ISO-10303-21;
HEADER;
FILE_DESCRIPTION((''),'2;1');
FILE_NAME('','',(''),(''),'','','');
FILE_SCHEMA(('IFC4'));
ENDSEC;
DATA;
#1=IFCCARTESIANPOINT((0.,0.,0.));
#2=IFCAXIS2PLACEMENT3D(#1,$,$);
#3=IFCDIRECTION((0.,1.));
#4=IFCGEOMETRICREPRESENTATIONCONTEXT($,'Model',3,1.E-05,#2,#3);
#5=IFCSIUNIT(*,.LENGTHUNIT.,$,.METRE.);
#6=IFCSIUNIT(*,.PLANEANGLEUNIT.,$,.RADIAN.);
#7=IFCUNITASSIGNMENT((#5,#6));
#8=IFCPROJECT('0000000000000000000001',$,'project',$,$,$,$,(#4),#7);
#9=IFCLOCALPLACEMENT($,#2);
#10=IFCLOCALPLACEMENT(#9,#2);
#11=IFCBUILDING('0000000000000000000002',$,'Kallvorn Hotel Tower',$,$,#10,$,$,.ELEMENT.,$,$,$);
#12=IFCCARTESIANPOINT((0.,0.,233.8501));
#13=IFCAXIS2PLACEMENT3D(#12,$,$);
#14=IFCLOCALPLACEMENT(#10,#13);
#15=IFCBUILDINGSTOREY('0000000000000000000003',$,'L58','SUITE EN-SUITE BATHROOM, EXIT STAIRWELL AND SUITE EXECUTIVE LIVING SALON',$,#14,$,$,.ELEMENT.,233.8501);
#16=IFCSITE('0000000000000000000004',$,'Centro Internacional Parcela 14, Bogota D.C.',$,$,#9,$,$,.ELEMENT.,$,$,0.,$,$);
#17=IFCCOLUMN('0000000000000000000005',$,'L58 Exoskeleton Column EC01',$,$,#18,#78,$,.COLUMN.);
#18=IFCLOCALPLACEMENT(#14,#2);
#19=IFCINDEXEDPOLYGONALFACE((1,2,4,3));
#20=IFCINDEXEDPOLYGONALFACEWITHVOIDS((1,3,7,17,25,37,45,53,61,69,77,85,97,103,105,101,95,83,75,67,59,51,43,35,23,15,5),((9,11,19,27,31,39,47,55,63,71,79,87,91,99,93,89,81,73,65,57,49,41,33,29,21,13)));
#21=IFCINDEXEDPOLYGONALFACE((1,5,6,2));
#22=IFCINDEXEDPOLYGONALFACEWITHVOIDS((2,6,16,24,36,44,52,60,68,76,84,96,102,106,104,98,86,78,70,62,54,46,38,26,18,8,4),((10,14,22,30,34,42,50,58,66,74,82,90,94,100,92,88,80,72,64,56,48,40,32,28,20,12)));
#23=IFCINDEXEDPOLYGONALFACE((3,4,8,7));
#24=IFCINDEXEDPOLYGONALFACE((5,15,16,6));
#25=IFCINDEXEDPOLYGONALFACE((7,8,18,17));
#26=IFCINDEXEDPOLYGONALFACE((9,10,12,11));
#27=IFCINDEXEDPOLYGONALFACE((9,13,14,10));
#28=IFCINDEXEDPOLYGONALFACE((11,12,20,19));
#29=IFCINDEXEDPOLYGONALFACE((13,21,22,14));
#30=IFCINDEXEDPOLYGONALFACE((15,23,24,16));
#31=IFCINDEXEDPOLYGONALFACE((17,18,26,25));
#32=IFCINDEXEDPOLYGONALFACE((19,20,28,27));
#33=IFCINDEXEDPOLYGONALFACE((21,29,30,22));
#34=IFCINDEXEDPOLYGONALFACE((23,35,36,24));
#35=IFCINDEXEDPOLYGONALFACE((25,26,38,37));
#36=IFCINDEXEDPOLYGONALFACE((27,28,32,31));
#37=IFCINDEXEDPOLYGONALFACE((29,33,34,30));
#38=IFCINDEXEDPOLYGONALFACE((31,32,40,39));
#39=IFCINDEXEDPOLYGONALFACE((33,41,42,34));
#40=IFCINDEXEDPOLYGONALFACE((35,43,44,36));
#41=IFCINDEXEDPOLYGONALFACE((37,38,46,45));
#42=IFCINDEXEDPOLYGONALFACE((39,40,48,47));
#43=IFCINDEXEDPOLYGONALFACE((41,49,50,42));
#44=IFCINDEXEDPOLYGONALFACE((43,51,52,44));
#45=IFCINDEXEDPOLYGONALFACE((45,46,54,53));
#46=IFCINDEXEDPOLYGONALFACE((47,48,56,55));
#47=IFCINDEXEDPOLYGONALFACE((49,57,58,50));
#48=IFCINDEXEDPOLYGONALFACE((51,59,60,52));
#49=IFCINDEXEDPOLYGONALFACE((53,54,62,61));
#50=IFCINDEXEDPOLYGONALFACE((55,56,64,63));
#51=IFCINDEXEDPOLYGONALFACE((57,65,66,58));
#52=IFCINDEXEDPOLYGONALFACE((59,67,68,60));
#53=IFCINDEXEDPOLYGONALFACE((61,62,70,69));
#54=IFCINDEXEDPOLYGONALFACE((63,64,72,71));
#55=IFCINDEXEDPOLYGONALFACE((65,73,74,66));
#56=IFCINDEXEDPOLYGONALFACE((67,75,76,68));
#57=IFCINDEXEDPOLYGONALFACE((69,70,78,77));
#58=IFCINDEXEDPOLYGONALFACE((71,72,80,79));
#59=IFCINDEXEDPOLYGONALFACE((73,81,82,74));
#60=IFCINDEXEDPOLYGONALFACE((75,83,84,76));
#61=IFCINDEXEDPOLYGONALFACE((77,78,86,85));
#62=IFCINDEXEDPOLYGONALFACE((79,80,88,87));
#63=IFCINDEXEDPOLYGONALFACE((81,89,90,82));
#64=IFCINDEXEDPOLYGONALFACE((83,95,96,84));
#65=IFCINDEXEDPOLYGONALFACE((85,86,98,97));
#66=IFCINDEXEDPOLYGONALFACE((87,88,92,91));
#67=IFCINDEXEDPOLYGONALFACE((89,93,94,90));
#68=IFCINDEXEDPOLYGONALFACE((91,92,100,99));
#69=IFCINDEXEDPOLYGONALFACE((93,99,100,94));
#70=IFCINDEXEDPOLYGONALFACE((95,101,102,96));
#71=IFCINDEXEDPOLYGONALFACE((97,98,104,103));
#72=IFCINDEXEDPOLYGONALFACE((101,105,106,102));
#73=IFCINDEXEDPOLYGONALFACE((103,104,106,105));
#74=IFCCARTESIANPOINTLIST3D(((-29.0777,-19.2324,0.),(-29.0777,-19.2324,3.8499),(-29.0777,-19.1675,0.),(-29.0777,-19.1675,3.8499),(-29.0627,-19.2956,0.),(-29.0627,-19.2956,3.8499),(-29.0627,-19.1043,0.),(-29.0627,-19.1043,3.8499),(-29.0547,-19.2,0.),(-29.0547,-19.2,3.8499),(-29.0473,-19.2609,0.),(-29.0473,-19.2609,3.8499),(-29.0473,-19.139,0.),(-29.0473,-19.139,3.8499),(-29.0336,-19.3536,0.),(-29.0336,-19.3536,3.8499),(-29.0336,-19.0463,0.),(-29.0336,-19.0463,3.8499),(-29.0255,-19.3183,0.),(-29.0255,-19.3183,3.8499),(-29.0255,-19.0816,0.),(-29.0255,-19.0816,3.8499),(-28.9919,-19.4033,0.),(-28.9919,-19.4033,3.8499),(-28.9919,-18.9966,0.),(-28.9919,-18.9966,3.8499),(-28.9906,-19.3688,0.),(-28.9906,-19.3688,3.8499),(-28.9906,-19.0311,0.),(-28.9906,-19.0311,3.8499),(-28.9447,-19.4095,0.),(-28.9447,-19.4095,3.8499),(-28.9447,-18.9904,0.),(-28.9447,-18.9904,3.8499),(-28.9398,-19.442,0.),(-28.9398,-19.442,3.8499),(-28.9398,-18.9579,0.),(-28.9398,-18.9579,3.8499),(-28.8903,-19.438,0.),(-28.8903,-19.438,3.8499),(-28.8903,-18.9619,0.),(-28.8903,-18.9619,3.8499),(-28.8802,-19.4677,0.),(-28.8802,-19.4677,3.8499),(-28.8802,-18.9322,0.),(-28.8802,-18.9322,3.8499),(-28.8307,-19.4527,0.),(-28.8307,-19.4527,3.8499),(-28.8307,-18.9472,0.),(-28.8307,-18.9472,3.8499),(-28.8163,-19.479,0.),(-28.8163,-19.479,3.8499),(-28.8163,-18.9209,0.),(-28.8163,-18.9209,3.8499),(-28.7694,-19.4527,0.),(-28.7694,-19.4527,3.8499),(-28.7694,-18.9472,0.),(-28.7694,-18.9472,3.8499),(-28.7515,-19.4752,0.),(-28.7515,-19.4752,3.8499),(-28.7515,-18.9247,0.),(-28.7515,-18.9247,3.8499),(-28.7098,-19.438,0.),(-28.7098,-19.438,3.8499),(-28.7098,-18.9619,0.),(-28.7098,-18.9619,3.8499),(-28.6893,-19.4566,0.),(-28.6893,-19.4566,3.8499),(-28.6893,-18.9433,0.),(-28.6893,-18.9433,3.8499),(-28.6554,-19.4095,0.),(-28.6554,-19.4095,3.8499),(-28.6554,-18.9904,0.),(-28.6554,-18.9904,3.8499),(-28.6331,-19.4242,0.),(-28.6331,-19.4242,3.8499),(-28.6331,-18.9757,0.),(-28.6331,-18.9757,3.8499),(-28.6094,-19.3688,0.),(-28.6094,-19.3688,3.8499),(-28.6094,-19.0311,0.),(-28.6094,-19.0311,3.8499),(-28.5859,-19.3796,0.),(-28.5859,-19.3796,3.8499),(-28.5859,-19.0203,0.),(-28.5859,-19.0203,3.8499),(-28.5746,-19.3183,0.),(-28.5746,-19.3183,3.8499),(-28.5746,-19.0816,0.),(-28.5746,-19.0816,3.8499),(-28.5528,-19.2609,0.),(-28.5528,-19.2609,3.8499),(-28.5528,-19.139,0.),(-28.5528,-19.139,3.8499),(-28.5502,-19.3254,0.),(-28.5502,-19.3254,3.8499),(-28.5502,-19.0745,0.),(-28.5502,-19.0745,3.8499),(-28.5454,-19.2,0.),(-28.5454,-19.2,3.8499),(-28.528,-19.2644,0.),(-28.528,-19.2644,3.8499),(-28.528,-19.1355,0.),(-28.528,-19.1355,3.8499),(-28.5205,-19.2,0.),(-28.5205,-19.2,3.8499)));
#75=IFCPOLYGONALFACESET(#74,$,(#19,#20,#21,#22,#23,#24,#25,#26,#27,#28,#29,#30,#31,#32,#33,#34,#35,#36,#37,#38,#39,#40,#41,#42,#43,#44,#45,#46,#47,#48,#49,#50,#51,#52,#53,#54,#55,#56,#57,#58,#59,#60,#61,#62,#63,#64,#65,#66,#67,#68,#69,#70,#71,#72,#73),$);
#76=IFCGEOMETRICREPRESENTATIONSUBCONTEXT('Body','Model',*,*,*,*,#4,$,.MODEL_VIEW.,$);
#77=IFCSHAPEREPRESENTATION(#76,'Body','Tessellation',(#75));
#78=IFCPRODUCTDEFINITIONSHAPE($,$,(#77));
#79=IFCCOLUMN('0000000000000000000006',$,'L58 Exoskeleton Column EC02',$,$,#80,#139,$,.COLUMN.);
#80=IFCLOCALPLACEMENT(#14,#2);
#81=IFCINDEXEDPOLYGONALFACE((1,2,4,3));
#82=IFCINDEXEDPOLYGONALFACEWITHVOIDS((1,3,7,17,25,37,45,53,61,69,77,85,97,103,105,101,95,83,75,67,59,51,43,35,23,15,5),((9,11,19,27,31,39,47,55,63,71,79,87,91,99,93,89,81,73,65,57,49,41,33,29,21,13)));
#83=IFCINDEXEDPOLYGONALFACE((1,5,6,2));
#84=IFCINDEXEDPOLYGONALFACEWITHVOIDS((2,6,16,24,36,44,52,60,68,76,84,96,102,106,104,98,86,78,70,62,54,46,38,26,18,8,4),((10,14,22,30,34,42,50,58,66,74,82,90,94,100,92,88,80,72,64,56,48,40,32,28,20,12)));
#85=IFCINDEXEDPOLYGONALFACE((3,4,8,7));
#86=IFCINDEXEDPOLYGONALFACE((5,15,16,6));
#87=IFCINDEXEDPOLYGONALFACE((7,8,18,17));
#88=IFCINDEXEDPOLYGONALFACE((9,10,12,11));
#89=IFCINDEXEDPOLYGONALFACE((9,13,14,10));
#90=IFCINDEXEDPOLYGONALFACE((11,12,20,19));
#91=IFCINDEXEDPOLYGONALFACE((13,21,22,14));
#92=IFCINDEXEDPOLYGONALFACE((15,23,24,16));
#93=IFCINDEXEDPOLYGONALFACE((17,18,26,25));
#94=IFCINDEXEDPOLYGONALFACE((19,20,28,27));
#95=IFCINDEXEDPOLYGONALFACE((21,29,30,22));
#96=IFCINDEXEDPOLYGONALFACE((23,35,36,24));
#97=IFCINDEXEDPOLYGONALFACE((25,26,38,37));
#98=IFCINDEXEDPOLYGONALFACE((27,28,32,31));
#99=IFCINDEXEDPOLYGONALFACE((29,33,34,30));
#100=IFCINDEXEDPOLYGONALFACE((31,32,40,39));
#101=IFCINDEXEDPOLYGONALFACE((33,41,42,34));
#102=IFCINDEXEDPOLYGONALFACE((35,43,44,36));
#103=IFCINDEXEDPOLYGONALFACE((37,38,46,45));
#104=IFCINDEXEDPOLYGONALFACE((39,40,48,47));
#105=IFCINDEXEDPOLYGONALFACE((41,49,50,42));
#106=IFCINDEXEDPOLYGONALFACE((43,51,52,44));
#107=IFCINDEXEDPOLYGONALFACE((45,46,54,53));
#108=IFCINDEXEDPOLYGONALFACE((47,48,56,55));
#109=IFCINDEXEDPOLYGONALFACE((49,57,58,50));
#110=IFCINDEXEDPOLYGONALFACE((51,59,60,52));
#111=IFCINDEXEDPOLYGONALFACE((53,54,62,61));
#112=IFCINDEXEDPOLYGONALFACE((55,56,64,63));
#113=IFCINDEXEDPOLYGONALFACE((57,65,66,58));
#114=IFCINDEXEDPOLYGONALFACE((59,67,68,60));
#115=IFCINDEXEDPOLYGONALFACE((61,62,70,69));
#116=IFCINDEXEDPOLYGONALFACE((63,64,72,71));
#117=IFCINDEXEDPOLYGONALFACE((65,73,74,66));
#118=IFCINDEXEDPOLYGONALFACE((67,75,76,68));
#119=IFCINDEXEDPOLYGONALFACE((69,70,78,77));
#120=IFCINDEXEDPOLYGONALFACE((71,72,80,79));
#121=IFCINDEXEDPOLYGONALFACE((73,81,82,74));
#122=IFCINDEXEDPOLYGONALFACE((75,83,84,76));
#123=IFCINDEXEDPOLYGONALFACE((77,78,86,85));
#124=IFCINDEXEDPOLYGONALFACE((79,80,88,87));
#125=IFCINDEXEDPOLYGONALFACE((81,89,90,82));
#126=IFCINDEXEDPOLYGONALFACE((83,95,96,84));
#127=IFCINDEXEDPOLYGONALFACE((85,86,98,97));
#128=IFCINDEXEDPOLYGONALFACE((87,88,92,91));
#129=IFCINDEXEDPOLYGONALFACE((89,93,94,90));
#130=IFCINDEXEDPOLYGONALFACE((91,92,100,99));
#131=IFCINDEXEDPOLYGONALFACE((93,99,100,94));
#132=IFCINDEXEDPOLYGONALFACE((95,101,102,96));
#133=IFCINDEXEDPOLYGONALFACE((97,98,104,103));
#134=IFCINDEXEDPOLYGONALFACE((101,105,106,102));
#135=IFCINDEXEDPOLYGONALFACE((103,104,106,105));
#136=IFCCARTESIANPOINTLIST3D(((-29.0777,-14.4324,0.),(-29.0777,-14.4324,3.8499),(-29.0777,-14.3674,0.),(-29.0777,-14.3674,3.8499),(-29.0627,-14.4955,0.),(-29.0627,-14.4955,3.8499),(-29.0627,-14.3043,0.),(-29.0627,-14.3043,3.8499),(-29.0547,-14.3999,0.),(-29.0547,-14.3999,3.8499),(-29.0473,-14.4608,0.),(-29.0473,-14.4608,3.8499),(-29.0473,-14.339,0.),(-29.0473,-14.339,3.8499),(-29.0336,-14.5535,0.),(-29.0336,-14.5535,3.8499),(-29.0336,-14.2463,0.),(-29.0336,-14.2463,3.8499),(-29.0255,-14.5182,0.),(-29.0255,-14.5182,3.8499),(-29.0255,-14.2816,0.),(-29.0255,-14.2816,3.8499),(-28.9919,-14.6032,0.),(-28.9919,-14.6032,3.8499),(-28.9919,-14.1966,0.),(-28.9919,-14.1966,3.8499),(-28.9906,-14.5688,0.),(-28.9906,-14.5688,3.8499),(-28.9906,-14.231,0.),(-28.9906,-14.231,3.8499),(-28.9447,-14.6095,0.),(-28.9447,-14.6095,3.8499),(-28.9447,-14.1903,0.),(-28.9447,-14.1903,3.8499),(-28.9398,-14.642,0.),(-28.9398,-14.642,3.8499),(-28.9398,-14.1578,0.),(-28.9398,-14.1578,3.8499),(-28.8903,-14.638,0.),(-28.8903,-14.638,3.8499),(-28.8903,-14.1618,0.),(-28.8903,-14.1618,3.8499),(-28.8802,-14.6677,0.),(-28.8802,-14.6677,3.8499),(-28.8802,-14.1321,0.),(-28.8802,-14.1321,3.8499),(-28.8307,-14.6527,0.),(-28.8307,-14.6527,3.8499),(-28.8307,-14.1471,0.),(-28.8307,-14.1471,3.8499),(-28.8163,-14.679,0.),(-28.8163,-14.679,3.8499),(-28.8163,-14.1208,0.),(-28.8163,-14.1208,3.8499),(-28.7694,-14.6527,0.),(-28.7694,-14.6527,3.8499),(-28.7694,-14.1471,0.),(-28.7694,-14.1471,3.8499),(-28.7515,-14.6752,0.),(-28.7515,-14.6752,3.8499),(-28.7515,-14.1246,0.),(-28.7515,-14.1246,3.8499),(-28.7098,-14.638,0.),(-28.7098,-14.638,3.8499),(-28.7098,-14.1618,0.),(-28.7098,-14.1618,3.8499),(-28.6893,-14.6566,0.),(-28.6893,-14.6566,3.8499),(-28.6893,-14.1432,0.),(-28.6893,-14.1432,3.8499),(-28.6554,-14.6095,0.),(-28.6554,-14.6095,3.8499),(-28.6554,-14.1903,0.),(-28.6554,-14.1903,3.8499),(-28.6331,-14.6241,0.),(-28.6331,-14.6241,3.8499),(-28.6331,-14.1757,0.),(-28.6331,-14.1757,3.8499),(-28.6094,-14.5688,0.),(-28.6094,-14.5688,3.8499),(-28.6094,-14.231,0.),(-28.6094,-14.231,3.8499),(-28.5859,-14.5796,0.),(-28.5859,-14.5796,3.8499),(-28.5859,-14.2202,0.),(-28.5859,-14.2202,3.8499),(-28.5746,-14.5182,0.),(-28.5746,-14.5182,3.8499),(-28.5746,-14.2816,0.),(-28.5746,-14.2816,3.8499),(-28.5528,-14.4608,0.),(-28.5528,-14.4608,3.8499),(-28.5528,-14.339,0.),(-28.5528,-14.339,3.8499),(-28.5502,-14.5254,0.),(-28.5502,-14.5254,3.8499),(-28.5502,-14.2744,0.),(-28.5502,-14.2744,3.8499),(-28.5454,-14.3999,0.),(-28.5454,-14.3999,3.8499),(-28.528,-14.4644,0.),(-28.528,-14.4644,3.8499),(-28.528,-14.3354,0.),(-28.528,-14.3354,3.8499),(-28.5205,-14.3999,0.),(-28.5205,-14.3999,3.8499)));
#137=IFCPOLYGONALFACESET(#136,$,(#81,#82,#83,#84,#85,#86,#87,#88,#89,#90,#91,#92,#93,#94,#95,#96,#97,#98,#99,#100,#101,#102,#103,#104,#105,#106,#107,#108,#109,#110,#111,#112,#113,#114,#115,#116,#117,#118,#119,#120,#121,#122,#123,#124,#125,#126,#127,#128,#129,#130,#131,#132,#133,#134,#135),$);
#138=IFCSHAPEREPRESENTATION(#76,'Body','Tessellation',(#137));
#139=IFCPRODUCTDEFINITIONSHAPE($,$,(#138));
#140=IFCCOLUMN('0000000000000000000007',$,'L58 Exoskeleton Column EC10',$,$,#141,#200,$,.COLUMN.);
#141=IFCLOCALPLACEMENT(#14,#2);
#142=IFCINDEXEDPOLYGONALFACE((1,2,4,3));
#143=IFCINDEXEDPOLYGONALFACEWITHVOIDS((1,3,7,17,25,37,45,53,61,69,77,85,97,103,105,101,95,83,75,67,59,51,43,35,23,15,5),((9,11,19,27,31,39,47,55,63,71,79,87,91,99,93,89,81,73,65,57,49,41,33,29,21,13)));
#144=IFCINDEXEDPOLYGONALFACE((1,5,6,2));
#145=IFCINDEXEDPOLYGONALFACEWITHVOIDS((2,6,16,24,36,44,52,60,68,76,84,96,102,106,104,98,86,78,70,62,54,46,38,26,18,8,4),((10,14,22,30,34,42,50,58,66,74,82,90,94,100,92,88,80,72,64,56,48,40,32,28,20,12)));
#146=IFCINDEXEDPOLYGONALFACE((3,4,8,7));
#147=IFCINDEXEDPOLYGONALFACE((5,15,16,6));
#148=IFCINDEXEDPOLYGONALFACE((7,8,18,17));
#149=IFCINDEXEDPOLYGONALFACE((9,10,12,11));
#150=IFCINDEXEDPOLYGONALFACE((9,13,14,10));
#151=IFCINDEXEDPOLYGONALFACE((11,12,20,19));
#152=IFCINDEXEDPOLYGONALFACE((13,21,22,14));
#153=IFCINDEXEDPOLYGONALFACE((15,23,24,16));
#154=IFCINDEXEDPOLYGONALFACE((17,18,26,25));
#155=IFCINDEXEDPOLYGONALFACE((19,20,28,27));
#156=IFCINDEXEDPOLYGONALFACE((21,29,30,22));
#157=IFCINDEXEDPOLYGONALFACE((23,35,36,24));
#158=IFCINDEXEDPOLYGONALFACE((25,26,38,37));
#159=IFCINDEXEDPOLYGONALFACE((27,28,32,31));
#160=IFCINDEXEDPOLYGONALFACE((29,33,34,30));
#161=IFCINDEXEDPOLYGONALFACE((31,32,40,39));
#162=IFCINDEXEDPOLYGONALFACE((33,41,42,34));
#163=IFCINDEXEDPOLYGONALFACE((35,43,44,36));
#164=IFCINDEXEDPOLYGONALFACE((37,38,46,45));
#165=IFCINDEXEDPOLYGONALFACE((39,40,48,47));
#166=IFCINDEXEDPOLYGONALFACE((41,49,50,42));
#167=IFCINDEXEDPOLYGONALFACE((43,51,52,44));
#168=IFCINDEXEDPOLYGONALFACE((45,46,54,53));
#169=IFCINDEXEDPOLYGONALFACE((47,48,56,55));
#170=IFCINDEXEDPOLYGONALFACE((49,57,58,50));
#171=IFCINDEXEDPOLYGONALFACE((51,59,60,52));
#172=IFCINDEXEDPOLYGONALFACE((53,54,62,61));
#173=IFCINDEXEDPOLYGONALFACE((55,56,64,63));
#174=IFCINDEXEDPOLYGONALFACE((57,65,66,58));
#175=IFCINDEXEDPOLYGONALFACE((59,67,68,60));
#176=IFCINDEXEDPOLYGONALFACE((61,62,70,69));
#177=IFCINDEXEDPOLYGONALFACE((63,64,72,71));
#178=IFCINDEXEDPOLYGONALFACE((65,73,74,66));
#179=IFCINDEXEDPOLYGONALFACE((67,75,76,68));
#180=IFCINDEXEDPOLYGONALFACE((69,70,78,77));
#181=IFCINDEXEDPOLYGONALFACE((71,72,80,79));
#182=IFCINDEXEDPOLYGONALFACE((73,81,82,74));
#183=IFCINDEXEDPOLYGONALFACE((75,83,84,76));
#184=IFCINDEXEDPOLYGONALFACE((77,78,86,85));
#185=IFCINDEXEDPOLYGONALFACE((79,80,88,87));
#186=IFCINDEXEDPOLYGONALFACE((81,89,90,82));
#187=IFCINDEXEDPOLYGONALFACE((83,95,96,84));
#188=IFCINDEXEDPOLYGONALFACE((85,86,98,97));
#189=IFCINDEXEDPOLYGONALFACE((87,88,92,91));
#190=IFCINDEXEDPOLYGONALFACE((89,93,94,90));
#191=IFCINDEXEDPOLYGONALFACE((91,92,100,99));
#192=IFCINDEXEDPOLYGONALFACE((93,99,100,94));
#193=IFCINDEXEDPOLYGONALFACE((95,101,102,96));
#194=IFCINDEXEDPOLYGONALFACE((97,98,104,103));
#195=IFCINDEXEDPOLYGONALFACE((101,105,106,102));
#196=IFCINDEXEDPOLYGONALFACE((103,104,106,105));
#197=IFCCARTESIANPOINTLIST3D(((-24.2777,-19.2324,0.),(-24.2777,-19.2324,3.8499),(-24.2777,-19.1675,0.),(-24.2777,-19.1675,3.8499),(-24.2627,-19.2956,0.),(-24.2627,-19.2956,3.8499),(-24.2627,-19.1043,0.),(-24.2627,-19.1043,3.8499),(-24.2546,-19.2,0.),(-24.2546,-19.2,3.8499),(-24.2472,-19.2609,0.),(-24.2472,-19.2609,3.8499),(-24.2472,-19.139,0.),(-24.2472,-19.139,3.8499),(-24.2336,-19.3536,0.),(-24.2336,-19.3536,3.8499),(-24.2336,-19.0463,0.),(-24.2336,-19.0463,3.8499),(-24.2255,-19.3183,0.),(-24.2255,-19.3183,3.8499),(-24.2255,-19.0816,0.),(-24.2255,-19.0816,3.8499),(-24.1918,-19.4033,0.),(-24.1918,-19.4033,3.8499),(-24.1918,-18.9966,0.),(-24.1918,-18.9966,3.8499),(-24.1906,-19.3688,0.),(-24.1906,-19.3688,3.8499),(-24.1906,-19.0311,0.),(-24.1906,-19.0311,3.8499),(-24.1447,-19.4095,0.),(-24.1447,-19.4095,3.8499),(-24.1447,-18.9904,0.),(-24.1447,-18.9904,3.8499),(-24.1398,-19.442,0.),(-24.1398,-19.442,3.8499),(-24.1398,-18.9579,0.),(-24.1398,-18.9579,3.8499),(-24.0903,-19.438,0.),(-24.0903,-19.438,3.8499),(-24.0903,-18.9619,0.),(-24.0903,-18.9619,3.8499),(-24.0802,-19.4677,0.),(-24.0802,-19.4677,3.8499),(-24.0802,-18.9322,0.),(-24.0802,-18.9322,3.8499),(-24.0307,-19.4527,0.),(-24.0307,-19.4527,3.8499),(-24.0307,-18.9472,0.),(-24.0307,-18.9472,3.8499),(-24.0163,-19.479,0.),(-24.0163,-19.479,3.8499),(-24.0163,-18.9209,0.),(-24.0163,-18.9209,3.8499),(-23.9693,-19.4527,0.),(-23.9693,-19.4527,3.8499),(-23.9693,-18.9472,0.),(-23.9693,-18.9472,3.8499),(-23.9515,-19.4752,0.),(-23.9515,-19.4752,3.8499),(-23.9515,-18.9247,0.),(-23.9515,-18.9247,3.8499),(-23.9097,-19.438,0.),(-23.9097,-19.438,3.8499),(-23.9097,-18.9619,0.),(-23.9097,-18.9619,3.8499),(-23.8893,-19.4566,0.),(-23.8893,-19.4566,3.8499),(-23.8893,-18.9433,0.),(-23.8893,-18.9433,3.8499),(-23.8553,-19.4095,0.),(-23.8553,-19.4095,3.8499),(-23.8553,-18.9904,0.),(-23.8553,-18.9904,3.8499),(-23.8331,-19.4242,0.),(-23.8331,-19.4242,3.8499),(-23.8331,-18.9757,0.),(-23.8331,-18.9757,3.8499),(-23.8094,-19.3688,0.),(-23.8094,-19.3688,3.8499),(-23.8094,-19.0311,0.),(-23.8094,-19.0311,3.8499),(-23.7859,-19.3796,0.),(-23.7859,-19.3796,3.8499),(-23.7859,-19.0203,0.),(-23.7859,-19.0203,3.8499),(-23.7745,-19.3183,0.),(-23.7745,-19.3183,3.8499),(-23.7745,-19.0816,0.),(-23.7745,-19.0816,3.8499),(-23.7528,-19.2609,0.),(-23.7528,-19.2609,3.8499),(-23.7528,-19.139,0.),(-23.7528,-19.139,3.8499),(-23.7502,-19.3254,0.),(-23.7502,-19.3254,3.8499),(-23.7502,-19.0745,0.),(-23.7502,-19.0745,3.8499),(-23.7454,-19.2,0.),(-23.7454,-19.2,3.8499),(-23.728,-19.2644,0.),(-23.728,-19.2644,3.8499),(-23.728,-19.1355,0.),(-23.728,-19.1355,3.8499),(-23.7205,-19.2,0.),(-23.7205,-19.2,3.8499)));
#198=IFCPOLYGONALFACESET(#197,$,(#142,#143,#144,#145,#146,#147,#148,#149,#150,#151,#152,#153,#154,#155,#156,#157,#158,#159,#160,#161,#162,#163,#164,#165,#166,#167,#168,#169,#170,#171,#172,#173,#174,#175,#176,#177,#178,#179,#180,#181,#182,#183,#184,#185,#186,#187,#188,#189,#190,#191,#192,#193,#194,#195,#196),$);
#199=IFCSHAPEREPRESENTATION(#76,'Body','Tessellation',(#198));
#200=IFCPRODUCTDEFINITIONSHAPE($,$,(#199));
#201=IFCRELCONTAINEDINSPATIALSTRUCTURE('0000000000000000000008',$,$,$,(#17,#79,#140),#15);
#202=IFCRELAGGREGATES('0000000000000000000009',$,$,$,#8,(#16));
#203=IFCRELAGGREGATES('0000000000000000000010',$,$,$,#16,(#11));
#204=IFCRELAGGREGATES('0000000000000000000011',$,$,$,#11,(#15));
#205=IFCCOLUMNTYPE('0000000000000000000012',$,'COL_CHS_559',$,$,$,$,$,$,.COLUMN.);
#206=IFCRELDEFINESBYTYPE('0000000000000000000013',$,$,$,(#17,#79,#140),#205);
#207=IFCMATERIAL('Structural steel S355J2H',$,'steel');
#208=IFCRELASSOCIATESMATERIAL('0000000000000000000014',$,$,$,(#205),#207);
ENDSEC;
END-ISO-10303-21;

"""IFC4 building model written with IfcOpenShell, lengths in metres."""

from ifc_helpers import new_model, si_unit, direction, frame, origin, origin_2d, place, context, subcontext, project, spatial, hollow_circle, extrude, material, material_profile, profile_set, type_object, element, save


model = new_model("IFC4")

# Units and contexts
model_context = context("Model", 3, precision=1e-05, world=origin(), true_north=direction((0.0, 1.0)))
body_context = subcontext(model_context, "Body", "Model", "MODEL_VIEW")
ifc_project = project(units=[si_unit("LENGTHUNIT", "METRE"), si_unit("PLANEANGLEUNIT", "RADIAN")], contexts=[model_context])

# Site, building, storey
site_placement = place(None, origin())
site = spatial("IfcSite", under=ifc_project, at=site_placement, Name="Centro Internacional Parcela 14, Bogota D.C.", CompositionType="ELEMENT", RefElevation=0.0)
building_placement = place(site_placement, origin())
building = spatial("IfcBuilding", under=site, at=building_placement, Name="Kallvorn Hotel Tower", CompositionType="ELEMENT")
storey_placement = place(building_placement, frame((0.0, 0.0, 233.8501)))
storey = spatial("IfcBuildingStorey", under=building, at=storey_placement, Name="L58", Description="SUITE EN-SUITE BATHROOM, EXIT STAIRWELL AND SUITE EXECUTIVE LIVING SALON", CompositionType="ELEMENT", Elevation=233.8501)

# Columns
ifc_material_1 = material(Name="Structural steel S355J2H", Category="steel")
ifc_material_profile_1 = material_profile(ifc_material_1, hollow_circle(Radius=0.2795, WallThickness=0.0249, at=origin_2d()), Name="CHS 559x25")
ifc_profile_set_1 = profile_set([ifc_material_profile_1], Name="Structural steel S355J2H")
column_type_1 = type_object("IfcColumnType", Name="COL_CHS_559", PredefinedType="COLUMN", material=ifc_profile_set_1)
for number, where, z_axis, x_axis, name in (
    (1, (-28.8, -19.2, 0.0), (0.0, 0.0, 1.0), (1.0, 0.0, 0.0), "L58 Exoskeleton Column EC01"),
    (2, (-28.8, -14.3999, 0.0), (0.0, 0.0, 1.0), (1.0, 0.0, 0.0), "L58 Exoskeleton Column EC02"),
    (3, (-24.0, -19.2, 0.0), (0.0, 0.0, 1.0), (1.0, 0.0, 0.0), "L58 Exoskeleton Column EC10"),
):
    element("IfcColumn", number, at=place(storey_placement, frame(where, z_axis=z_axis, x_axis=x_axis)), inside=storey, type_object=column_type_1, Name=name, PredefinedType="COLUMN", context=body_context, shape_type="SweptSolid", body=[
        extrude(hollow_circle(Radius=0.2795, WallThickness=0.0249, at=origin_2d()), origin(), (0.0, 0.0, 1.0), 3.8499),
    ])

save(model, "model.ifc")
